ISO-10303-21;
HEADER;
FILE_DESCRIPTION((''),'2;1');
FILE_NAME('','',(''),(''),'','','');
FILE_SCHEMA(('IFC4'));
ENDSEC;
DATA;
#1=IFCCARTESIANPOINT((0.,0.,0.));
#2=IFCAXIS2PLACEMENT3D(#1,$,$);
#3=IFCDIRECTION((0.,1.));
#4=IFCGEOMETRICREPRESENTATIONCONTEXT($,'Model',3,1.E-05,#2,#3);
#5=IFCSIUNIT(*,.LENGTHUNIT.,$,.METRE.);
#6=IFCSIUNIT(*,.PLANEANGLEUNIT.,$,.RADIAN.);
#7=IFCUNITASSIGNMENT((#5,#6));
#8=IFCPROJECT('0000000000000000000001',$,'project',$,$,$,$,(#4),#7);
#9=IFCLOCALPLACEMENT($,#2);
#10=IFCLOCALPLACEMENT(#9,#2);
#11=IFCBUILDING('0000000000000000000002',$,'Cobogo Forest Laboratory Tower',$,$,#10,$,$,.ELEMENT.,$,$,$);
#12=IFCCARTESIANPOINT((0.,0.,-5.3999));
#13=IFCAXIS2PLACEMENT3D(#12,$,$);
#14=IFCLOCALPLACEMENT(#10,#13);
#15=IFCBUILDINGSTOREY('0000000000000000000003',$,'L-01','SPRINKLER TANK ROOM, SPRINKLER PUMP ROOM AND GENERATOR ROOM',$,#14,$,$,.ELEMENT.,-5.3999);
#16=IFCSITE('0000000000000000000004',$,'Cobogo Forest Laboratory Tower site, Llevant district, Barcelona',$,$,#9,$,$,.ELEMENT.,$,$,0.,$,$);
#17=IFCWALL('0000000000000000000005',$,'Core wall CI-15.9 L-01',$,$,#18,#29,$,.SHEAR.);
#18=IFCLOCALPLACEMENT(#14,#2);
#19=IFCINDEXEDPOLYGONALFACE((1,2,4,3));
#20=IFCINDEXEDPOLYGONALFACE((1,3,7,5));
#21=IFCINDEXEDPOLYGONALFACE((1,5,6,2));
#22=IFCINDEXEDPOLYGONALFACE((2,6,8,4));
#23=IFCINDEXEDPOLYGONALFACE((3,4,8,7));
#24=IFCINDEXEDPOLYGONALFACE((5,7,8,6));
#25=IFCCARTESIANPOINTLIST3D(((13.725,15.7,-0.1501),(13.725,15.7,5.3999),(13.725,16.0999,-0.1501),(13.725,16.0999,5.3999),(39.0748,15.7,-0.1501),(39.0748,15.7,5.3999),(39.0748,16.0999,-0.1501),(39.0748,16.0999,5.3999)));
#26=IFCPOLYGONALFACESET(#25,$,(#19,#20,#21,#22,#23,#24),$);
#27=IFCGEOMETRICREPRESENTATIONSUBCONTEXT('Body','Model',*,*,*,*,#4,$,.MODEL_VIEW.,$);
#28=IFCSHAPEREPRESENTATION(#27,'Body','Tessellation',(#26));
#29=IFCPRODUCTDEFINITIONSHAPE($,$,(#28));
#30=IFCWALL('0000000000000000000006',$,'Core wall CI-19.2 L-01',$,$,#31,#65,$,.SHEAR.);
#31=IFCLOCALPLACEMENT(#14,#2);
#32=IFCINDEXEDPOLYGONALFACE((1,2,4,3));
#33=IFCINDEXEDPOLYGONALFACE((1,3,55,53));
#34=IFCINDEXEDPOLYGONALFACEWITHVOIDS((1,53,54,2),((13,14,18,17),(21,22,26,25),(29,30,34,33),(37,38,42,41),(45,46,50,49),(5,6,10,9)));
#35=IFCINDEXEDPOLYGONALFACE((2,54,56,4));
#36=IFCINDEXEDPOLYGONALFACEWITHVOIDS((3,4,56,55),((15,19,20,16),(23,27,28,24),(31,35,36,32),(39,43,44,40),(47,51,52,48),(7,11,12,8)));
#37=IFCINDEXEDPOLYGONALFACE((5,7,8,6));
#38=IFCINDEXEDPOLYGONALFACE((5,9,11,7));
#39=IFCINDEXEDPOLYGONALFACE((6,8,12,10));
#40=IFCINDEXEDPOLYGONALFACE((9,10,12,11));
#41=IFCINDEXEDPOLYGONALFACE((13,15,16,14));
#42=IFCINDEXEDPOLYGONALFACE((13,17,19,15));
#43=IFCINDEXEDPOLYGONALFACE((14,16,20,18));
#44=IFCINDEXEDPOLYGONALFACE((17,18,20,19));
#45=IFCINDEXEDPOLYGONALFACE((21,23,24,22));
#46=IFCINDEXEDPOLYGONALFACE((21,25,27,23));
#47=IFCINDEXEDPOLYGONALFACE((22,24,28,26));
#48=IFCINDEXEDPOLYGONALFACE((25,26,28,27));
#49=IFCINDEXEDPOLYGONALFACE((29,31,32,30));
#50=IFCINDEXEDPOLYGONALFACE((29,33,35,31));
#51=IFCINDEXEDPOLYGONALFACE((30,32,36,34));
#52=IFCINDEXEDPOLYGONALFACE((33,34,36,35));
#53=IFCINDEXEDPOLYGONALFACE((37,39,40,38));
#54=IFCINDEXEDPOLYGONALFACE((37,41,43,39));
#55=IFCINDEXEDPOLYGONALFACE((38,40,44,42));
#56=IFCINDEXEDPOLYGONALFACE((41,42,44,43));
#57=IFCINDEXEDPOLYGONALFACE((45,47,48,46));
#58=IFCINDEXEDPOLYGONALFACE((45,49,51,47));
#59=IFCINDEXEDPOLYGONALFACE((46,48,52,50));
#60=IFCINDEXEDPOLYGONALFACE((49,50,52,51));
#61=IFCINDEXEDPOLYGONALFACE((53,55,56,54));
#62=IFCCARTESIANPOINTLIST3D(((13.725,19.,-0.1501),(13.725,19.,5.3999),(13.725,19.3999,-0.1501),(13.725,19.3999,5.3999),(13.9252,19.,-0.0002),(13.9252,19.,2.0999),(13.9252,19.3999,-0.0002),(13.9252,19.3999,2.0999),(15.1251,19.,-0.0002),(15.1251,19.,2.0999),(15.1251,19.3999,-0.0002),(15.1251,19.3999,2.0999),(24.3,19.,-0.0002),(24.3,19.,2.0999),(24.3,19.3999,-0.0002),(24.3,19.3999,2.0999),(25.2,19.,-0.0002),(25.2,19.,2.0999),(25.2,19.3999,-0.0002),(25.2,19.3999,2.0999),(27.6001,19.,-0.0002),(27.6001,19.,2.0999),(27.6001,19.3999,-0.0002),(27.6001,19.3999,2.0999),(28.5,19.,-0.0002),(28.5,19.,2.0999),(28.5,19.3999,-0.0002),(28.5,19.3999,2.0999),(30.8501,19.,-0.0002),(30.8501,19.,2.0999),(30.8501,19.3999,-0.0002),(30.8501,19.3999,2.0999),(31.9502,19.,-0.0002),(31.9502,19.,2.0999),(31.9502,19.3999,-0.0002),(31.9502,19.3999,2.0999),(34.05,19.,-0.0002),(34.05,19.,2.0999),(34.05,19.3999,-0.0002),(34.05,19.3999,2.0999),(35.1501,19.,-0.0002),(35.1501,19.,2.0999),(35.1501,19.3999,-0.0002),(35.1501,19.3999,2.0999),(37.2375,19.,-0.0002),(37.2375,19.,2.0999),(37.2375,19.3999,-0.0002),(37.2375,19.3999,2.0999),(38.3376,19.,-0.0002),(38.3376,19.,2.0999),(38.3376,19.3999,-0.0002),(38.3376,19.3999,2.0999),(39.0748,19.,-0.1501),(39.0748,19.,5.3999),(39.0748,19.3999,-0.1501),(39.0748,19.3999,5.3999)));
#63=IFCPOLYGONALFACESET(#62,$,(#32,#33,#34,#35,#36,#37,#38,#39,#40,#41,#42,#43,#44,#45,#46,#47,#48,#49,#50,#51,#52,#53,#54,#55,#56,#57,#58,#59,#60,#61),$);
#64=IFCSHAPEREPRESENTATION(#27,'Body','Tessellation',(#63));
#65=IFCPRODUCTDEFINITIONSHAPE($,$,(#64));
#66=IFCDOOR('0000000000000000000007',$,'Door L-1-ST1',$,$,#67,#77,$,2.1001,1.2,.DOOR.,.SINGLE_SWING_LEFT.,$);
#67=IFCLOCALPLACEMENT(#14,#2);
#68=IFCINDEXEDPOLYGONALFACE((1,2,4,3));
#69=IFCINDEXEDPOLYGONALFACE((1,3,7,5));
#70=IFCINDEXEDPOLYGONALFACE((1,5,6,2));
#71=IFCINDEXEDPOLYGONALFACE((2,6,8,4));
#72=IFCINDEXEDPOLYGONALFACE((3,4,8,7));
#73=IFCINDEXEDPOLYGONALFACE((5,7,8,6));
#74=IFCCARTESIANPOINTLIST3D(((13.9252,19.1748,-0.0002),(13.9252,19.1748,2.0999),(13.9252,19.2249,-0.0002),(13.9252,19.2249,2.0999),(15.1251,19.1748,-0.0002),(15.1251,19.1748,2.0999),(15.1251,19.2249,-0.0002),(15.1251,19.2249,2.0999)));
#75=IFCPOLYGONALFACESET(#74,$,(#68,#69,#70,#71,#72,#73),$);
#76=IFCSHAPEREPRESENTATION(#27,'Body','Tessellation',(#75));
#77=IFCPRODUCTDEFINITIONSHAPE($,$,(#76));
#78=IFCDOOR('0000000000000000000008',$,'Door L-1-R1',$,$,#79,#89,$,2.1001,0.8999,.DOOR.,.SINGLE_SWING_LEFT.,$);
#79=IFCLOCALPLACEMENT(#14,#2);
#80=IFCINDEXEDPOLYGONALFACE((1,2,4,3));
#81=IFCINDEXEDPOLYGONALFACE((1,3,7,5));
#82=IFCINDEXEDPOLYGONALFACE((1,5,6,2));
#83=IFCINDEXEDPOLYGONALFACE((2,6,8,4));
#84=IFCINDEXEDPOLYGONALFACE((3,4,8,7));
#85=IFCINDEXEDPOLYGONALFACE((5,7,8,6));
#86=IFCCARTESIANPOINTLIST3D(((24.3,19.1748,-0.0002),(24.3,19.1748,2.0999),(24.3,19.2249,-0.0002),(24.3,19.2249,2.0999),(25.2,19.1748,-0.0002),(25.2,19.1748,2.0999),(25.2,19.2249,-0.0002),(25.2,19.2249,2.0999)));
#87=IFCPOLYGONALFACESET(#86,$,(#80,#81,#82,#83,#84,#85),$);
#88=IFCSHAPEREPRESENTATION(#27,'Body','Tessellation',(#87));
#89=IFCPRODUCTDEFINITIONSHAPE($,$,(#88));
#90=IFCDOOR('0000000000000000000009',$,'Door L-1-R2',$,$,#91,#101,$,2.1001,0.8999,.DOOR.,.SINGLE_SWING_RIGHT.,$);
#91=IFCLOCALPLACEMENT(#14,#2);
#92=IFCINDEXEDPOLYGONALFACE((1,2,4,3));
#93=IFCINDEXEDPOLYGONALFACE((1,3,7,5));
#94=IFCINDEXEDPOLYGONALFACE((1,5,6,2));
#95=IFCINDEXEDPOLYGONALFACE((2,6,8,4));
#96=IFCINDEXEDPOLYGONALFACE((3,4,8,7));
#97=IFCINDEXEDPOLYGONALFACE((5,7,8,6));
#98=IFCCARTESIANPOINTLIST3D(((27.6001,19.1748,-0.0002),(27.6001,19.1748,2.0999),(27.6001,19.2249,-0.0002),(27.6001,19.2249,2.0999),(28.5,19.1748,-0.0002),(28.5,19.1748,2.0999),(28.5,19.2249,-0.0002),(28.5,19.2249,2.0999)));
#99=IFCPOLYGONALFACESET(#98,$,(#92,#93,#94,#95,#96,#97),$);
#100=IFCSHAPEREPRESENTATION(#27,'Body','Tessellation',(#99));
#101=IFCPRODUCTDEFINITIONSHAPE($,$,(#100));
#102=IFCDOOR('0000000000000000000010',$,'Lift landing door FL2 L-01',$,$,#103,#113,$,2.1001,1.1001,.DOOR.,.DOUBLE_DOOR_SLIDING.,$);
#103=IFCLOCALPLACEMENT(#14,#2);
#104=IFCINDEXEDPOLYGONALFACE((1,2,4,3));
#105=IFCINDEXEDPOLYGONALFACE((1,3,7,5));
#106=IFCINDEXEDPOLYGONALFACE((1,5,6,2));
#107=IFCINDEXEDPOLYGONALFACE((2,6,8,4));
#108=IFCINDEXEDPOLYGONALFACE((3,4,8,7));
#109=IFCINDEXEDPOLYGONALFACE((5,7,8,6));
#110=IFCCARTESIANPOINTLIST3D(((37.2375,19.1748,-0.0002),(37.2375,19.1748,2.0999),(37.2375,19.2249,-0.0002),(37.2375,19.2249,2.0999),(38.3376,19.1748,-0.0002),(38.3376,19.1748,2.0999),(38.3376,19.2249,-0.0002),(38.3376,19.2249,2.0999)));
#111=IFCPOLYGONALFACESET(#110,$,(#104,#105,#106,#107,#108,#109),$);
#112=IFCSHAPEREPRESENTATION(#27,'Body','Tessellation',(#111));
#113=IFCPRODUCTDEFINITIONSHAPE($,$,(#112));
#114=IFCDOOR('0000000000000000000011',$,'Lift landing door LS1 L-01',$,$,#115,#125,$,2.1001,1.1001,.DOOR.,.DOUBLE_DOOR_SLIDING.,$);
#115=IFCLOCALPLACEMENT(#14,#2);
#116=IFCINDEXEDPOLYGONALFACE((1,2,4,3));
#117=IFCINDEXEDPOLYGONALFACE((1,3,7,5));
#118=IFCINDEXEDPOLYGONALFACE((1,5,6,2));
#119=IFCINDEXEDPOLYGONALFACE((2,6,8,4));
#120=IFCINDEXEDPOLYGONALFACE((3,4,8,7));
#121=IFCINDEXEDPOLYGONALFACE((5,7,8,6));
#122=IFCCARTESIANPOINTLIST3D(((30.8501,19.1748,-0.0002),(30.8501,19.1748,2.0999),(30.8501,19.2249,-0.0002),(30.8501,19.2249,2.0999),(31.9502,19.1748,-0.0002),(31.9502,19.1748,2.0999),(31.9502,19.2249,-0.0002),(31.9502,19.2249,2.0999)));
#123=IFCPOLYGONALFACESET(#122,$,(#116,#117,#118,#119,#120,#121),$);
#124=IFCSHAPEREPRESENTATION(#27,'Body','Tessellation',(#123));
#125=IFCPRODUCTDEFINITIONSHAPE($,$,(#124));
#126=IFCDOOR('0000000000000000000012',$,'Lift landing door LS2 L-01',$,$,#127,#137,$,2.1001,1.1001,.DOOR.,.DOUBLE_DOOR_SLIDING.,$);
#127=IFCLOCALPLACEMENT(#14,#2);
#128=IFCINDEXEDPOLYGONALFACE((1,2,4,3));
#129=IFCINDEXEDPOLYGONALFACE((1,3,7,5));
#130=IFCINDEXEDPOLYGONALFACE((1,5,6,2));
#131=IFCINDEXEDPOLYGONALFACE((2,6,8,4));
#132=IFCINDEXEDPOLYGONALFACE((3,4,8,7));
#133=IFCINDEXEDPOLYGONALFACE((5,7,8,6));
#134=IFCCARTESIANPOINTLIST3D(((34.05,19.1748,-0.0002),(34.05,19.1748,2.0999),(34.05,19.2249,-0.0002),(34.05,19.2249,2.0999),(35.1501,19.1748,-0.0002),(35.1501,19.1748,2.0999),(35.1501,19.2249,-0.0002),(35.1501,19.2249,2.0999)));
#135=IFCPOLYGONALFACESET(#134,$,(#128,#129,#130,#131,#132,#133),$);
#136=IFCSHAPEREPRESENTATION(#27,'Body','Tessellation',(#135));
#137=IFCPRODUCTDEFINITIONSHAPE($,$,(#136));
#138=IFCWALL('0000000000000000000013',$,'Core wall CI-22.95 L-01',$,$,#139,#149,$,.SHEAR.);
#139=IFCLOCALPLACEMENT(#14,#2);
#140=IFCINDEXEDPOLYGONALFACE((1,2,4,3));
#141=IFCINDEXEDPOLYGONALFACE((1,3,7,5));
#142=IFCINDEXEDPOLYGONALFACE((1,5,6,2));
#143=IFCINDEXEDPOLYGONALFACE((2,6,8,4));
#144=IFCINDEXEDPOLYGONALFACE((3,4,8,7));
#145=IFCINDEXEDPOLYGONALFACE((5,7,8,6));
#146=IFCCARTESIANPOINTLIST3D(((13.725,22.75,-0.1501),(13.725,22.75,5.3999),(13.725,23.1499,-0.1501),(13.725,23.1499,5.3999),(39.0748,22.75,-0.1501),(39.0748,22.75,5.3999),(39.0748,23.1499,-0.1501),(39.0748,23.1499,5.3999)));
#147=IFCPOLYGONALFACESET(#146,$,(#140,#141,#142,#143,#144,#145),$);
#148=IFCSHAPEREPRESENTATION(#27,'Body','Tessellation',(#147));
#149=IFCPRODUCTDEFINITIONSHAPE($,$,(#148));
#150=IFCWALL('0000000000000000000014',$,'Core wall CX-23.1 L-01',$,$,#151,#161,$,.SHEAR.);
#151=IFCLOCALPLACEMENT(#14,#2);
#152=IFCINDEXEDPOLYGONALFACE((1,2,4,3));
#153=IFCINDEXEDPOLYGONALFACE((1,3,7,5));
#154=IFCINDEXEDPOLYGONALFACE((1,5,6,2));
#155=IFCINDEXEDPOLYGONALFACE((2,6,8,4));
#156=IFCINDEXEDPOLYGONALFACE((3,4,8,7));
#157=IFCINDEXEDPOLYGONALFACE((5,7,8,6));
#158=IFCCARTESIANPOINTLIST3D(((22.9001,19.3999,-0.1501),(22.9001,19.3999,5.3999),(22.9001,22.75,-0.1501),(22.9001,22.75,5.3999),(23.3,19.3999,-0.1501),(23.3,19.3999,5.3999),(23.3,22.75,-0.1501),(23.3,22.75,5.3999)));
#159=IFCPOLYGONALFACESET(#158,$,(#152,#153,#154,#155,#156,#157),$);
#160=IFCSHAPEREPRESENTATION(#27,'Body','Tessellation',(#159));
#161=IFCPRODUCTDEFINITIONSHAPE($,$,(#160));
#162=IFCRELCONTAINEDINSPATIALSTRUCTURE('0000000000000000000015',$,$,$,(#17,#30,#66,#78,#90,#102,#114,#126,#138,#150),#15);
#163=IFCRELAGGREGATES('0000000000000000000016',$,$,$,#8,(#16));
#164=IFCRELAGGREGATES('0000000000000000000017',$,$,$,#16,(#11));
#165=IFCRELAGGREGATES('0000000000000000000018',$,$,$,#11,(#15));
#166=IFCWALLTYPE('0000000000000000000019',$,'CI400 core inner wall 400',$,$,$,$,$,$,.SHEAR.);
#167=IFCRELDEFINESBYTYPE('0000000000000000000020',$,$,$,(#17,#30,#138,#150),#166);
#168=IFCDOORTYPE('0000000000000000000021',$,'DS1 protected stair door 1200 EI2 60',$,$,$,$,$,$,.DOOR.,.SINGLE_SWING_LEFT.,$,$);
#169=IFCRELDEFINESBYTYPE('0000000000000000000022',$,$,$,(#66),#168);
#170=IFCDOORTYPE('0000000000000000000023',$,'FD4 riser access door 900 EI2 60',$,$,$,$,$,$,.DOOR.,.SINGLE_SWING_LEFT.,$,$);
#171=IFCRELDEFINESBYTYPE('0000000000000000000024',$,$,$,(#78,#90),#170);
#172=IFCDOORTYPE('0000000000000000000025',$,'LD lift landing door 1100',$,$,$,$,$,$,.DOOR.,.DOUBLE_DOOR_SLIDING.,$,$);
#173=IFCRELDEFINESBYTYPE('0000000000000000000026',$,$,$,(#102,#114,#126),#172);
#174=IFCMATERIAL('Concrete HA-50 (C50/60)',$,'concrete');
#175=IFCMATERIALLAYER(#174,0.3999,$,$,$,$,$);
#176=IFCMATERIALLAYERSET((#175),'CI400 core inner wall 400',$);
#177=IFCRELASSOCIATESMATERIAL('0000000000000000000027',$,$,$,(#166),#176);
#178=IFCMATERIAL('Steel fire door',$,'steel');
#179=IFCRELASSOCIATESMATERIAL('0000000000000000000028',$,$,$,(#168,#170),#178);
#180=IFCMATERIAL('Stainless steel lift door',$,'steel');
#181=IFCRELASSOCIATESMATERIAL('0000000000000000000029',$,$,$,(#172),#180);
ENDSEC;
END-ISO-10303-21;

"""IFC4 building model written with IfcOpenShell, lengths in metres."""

from ifc_helpers import new_model, si_unit, direction, frame, frame_2d, origin, place, context, subcontext, project, spatial, rectangle, extrude, material, layer, layer_set, type_object, element, fill, save


model = new_model("IFC4")

# Units and contexts
model_context = context("Model", 3, precision=1e-05, world=origin(), true_north=direction((0.0, 1.0)))
body_context = subcontext(model_context, "Body", "Model", "MODEL_VIEW")
ifc_project = project(units=[si_unit("LENGTHUNIT", "METRE"), si_unit("PLANEANGLEUNIT", "RADIAN")], contexts=[model_context])

# Site, building, storey
site_placement = place(None, origin())
site = spatial("IfcSite", under=ifc_project, at=site_placement, Name="Cobogo Forest Laboratory Tower site, Llevant district, Barcelona", CompositionType="ELEMENT", RefElevation=0.0)
building_placement = place(site_placement, origin())
building = spatial("IfcBuilding", under=site, at=building_placement, Name="Cobogo Forest Laboratory Tower", CompositionType="ELEMENT")
storey_placement = place(building_placement, frame((0.0, 0.0, -5.3999)))
storey = spatial("IfcBuildingStorey", under=building, at=storey_placement, Name="L-01", Description="SPRINKLER TANK ROOM, SPRINKLER PUMP ROOM AND GENERATOR ROOM", CompositionType="ELEMENT", Elevation=-5.3999)

# Wall
ifc_material_1 = material(Name="Concrete HA-50 (C50/60)", Category="concrete")
ifc_layer_1 = layer(ifc_material_1, 0.3999)
ifc_layer_set_1 = layer_set([ifc_layer_1], Name="CI400 core inner wall 400")
wall_type_1 = type_object("IfcWallType", Name="CI400 core inner wall 400", PredefinedType="SHEAR", material=ifc_layer_set_1)
wall_1_placement = place(storey_placement, frame((13.7251, 15.8999, -0.1501), z_axis=(0.0, 0.0, 1.0), x_axis=(1.0, 0.0, 0.0)))
element("IfcWall", 1, at=wall_1_placement, inside=storey, type_object=wall_type_1, Name="Core wall CI-15.9 L-01", PredefinedType="SHEAR", context=body_context, shape_type="SweptSolid", body=[
    extrude(rectangle(XDim=25.3499, YDim=0.3999, at=frame_2d((12.6748, 0.0))), origin(), (0.0, 0.0, 1.0), 5.55),
])

# Wall, openings, doors
wall_2_placement = place(storey_placement, frame((13.7251, 19.2, -0.1501), z_axis=(0.0, 0.0, 1.0), x_axis=(1.0, 0.0, 0.0)))
wall_2 = element("IfcWall", 2, at=wall_2_placement, inside=storey, type_object=wall_type_1, Name="Core wall CI-19.2 L-01", PredefinedType="SHEAR", context=body_context, shape_type="SweptSolid", body=[
    extrude(rectangle(XDim=25.3499, YDim=0.3999, at=frame_2d((12.6748, 0.0))), origin(), (0.0, 0.0, 1.0), 5.55),
])
opening_1_placement = place(wall_2_placement, frame((10.575, 0.0, 0.1499)))
opening_1 = element("IfcOpeningElement", 3, at=opening_1_placement, cuts=wall_2, PredefinedType="OPENING", context=body_context, shape_type="SweptSolid", body=[
    extrude(rectangle(XDim=0.8999, YDim=2.1001, at=frame_2d((0.45, 1.05))), frame((0.0, 0.21, 0.0), z_axis=(0.0, -1.0, 0.0), x_axis=(1.0, 0.0, 0.0)), (0.0, 0.0, 1.0), 0.4199),
])
opening_2_placement = place(wall_2_placement, frame((13.875, 0.0, 0.1499)))
opening_2 = element("IfcOpeningElement", 4, at=opening_2_placement, cuts=wall_2, PredefinedType="OPENING", context=body_context, shape_type="SweptSolid", body=[
    extrude(rectangle(XDim=0.8999, YDim=2.1001, at=frame_2d((0.45, 1.05))), frame((0.0, 0.21, 0.0), z_axis=(0.0, -1.0, 0.0), x_axis=(1.0, 0.0, 0.0)), (0.0, 0.0, 1.0), 0.4199),
])
opening_3_placement = place(wall_2_placement, frame((0.2, 0.0, 0.1499)))
opening_3 = element("IfcOpeningElement", 5, at=opening_3_placement, cuts=wall_2, PredefinedType="OPENING", context=body_context, shape_type="SweptSolid", body=[
    extrude(rectangle(XDim=1.2, YDim=2.1001, at=frame_2d((0.6001, 1.05))), frame((0.0, 0.21, 0.0), z_axis=(0.0, -1.0, 0.0), x_axis=(1.0, 0.0, 0.0)), (0.0, 0.0, 1.0), 0.4199),
])
opening_4_placement = place(wall_2_placement, frame((23.5125, 0.0, 0.1499)))
opening_4 = element("IfcOpeningElement", 6, at=opening_4_placement, cuts=wall_2, PredefinedType="OPENING", context=body_context, shape_type="SweptSolid", body=[
    extrude(rectangle(XDim=1.1001, YDim=2.1001, at=frame_2d((0.55, 1.05))), frame((0.0, 0.21, 0.0), z_axis=(0.0, -1.0, 0.0), x_axis=(1.0, 0.0, 0.0)), (0.0, 0.0, 1.0), 0.4199),
])
opening_5_placement = place(wall_2_placement, frame((17.125, 0.0, 0.1499)))
opening_5 = element("IfcOpeningElement", 7, at=opening_5_placement, cuts=wall_2, PredefinedType="OPENING", context=body_context, shape_type="SweptSolid", body=[
    extrude(rectangle(XDim=1.1001, YDim=2.1001, at=frame_2d((0.55, 1.05))), frame((0.0, 0.21, 0.0), z_axis=(0.0, -1.0, 0.0), x_axis=(1.0, 0.0, 0.0)), (0.0, 0.0, 1.0), 0.4199),
])
opening_6_placement = place(wall_2_placement, frame((20.325, 0.0, 0.1499)))
opening_6 = element("IfcOpeningElement", 8, at=opening_6_placement, cuts=wall_2, PredefinedType="OPENING", context=body_context, shape_type="SweptSolid", body=[
    extrude(rectangle(XDim=1.1001, YDim=2.1001, at=frame_2d((0.55, 1.05))), frame((0.0, 0.21, 0.0), z_axis=(0.0, -1.0, 0.0), x_axis=(1.0, 0.0, 0.0)), (0.0, 0.0, 1.0), 0.4199),
])
ifc_material_2 = material(Name="Steel fire door", Category="steel")
door_type_1 = type_object("IfcDoorType", Name="DS1 protected stair door 1200 EI2 60", OperationType="SINGLE_SWING_LEFT", PredefinedType="DOOR", material=ifc_material_2)
door_1_placement = place(opening_3_placement, origin())
door_1 = element("IfcDoor", 9, at=door_1_placement, inside=storey, type_object=door_type_1, Name="Door L-1-ST1", OperationType="SINGLE_SWING_LEFT", OverallHeight=2.1001, OverallWidth=1.2, PredefinedType="DOOR", context=body_context, shape_type="SweptSolid", body=[
    extrude(rectangle(XDim=1.2, YDim=2.1001, at=frame_2d((0.6001, 1.05))), frame((0.0, 0.0249, 0.0), z_axis=(0.0, -1.0, 0.0), x_axis=(1.0, 0.0, 0.0)), (0.0, 0.0, 1.0), 0.05),
])
fill(opening_3, door_1)
door_type_2 = type_object("IfcDoorType", Name="FD4 riser access door 900 EI2 60", OperationType="SINGLE_SWING_LEFT", PredefinedType="DOOR", material=ifc_material_2)
door_2_placement = place(opening_1_placement, origin())
door_2 = element("IfcDoor", 10, at=door_2_placement, inside=storey, type_object=door_type_2, Name="Door L-1-R1", OperationType="SINGLE_SWING_LEFT", OverallHeight=2.1001, OverallWidth=0.8999, PredefinedType="DOOR", context=body_context, shape_type="SweptSolid", body=[
    extrude(rectangle(XDim=0.8999, YDim=2.1001, at=frame_2d((0.45, 1.05))), frame((0.0, 0.0249, 0.0), z_axis=(0.0, -1.0, 0.0), x_axis=(1.0, 0.0, 0.0)), (0.0, 0.0, 1.0), 0.05),
])
fill(opening_1, door_2)
door_3_placement = place(opening_2_placement, origin())
door_3 = element("IfcDoor", 11, at=door_3_placement, inside=storey, type_object=door_type_2, Name="Door L-1-R2", OperationType="SINGLE_SWING_RIGHT", OverallHeight=2.1001, OverallWidth=0.8999, PredefinedType="DOOR", context=body_context, shape_type="SweptSolid", body=[
    extrude(rectangle(XDim=0.8999, YDim=2.1001, at=frame_2d((0.45, 1.05))), frame((0.0, 0.0249, 0.0), z_axis=(0.0, -1.0, 0.0), x_axis=(1.0, 0.0, 0.0)), (0.0, 0.0, 1.0), 0.05),
])
fill(opening_2, door_3)
ifc_material_3 = material(Name="Stainless steel lift door", Category="steel")
door_type_3 = type_object("IfcDoorType", Name="LD lift landing door 1100", OperationType="DOUBLE_DOOR_SLIDING", PredefinedType="DOOR", material=ifc_material_3)
door_4_placement = place(opening_4_placement, origin())
door_4 = element("IfcDoor", 12, at=door_4_placement, inside=storey, type_object=door_type_3, Name="Lift landing door FL2 L-01", OperationType="DOUBLE_DOOR_SLIDING", OverallHeight=2.1001, OverallWidth=1.1001, PredefinedType="DOOR", context=body_context, shape_type="SweptSolid", body=[
    extrude(rectangle(XDim=1.1001, YDim=2.1001, at=frame_2d((0.55, 1.05))), frame((0.0, 0.0249, 0.0), z_axis=(0.0, -1.0, 0.0), x_axis=(1.0, 0.0, 0.0)), (0.0, 0.0, 1.0), 0.05),
])
fill(opening_4, door_4)
door_5_placement = place(opening_5_placement, origin())
door_5 = element("IfcDoor", 13, at=door_5_placement, inside=storey, type_object=door_type_3, Name="Lift landing door LS1 L-01", OperationType="DOUBLE_DOOR_SLIDING", OverallHeight=2.1001, OverallWidth=1.1001, PredefinedType="DOOR", context=body_context, shape_type="SweptSolid", body=[
    extrude(rectangle(XDim=1.1001, YDim=2.1001, at=frame_2d((0.55, 1.05))), frame((0.0, 0.0249, 0.0), z_axis=(0.0, -1.0, 0.0), x_axis=(1.0, 0.0, 0.0)), (0.0, 0.0, 1.0), 0.05),
])
fill(opening_5, door_5)
door_6_placement = place(opening_6_placement, origin())
door_6 = element("IfcDoor", 14, at=door_6_placement, inside=storey, type_object=door_type_3, Name="Lift landing door LS2 L-01", OperationType="DOUBLE_DOOR_SLIDING", OverallHeight=2.1001, OverallWidth=1.1001, PredefinedType="DOOR", context=body_context, shape_type="SweptSolid", body=[
    extrude(rectangle(XDim=1.1001, YDim=2.1001, at=frame_2d((0.55, 1.05))), frame((0.0, 0.0249, 0.0), z_axis=(0.0, -1.0, 0.0), x_axis=(1.0, 0.0, 0.0)), (0.0, 0.0, 1.0), 0.05),
])
fill(opening_6, door_6)

# Walls
wall_3_placement = place(storey_placement, frame((13.7251, 22.95, -0.1501), z_axis=(0.0, 0.0, 1.0), x_axis=(1.0, 0.0, 0.0)))
element("IfcWall", 15, at=wall_3_placement, inside=storey, type_object=wall_type_1, Name="Core wall CI-22.95 L-01", PredefinedType="SHEAR", context=body_context, shape_type="SweptSolid", body=[
    extrude(rectangle(XDim=25.3499, YDim=0.3999, at=frame_2d((12.6748, 0.0))), origin(), (0.0, 0.0, 1.0), 5.55),
])
wall_4_placement = place(storey_placement, frame((23.1001, 19.3999, -0.1501), z_axis=(0.0, 0.0, 1.0), x_axis=(0.0, 1.0, 0.0)))
element("IfcWall", 16, at=wall_4_placement, inside=storey, type_object=wall_type_1, Name="Core wall CX-23.1 L-01", PredefinedType="SHEAR", context=body_context, shape_type="SweptSolid", body=[
    extrude(rectangle(XDim=3.3501, YDim=0.3999, at=frame_2d((1.675, 0.0))), origin(), (0.0, 0.0, 1.0), 5.55),
])

save(model, "model.ifc")
